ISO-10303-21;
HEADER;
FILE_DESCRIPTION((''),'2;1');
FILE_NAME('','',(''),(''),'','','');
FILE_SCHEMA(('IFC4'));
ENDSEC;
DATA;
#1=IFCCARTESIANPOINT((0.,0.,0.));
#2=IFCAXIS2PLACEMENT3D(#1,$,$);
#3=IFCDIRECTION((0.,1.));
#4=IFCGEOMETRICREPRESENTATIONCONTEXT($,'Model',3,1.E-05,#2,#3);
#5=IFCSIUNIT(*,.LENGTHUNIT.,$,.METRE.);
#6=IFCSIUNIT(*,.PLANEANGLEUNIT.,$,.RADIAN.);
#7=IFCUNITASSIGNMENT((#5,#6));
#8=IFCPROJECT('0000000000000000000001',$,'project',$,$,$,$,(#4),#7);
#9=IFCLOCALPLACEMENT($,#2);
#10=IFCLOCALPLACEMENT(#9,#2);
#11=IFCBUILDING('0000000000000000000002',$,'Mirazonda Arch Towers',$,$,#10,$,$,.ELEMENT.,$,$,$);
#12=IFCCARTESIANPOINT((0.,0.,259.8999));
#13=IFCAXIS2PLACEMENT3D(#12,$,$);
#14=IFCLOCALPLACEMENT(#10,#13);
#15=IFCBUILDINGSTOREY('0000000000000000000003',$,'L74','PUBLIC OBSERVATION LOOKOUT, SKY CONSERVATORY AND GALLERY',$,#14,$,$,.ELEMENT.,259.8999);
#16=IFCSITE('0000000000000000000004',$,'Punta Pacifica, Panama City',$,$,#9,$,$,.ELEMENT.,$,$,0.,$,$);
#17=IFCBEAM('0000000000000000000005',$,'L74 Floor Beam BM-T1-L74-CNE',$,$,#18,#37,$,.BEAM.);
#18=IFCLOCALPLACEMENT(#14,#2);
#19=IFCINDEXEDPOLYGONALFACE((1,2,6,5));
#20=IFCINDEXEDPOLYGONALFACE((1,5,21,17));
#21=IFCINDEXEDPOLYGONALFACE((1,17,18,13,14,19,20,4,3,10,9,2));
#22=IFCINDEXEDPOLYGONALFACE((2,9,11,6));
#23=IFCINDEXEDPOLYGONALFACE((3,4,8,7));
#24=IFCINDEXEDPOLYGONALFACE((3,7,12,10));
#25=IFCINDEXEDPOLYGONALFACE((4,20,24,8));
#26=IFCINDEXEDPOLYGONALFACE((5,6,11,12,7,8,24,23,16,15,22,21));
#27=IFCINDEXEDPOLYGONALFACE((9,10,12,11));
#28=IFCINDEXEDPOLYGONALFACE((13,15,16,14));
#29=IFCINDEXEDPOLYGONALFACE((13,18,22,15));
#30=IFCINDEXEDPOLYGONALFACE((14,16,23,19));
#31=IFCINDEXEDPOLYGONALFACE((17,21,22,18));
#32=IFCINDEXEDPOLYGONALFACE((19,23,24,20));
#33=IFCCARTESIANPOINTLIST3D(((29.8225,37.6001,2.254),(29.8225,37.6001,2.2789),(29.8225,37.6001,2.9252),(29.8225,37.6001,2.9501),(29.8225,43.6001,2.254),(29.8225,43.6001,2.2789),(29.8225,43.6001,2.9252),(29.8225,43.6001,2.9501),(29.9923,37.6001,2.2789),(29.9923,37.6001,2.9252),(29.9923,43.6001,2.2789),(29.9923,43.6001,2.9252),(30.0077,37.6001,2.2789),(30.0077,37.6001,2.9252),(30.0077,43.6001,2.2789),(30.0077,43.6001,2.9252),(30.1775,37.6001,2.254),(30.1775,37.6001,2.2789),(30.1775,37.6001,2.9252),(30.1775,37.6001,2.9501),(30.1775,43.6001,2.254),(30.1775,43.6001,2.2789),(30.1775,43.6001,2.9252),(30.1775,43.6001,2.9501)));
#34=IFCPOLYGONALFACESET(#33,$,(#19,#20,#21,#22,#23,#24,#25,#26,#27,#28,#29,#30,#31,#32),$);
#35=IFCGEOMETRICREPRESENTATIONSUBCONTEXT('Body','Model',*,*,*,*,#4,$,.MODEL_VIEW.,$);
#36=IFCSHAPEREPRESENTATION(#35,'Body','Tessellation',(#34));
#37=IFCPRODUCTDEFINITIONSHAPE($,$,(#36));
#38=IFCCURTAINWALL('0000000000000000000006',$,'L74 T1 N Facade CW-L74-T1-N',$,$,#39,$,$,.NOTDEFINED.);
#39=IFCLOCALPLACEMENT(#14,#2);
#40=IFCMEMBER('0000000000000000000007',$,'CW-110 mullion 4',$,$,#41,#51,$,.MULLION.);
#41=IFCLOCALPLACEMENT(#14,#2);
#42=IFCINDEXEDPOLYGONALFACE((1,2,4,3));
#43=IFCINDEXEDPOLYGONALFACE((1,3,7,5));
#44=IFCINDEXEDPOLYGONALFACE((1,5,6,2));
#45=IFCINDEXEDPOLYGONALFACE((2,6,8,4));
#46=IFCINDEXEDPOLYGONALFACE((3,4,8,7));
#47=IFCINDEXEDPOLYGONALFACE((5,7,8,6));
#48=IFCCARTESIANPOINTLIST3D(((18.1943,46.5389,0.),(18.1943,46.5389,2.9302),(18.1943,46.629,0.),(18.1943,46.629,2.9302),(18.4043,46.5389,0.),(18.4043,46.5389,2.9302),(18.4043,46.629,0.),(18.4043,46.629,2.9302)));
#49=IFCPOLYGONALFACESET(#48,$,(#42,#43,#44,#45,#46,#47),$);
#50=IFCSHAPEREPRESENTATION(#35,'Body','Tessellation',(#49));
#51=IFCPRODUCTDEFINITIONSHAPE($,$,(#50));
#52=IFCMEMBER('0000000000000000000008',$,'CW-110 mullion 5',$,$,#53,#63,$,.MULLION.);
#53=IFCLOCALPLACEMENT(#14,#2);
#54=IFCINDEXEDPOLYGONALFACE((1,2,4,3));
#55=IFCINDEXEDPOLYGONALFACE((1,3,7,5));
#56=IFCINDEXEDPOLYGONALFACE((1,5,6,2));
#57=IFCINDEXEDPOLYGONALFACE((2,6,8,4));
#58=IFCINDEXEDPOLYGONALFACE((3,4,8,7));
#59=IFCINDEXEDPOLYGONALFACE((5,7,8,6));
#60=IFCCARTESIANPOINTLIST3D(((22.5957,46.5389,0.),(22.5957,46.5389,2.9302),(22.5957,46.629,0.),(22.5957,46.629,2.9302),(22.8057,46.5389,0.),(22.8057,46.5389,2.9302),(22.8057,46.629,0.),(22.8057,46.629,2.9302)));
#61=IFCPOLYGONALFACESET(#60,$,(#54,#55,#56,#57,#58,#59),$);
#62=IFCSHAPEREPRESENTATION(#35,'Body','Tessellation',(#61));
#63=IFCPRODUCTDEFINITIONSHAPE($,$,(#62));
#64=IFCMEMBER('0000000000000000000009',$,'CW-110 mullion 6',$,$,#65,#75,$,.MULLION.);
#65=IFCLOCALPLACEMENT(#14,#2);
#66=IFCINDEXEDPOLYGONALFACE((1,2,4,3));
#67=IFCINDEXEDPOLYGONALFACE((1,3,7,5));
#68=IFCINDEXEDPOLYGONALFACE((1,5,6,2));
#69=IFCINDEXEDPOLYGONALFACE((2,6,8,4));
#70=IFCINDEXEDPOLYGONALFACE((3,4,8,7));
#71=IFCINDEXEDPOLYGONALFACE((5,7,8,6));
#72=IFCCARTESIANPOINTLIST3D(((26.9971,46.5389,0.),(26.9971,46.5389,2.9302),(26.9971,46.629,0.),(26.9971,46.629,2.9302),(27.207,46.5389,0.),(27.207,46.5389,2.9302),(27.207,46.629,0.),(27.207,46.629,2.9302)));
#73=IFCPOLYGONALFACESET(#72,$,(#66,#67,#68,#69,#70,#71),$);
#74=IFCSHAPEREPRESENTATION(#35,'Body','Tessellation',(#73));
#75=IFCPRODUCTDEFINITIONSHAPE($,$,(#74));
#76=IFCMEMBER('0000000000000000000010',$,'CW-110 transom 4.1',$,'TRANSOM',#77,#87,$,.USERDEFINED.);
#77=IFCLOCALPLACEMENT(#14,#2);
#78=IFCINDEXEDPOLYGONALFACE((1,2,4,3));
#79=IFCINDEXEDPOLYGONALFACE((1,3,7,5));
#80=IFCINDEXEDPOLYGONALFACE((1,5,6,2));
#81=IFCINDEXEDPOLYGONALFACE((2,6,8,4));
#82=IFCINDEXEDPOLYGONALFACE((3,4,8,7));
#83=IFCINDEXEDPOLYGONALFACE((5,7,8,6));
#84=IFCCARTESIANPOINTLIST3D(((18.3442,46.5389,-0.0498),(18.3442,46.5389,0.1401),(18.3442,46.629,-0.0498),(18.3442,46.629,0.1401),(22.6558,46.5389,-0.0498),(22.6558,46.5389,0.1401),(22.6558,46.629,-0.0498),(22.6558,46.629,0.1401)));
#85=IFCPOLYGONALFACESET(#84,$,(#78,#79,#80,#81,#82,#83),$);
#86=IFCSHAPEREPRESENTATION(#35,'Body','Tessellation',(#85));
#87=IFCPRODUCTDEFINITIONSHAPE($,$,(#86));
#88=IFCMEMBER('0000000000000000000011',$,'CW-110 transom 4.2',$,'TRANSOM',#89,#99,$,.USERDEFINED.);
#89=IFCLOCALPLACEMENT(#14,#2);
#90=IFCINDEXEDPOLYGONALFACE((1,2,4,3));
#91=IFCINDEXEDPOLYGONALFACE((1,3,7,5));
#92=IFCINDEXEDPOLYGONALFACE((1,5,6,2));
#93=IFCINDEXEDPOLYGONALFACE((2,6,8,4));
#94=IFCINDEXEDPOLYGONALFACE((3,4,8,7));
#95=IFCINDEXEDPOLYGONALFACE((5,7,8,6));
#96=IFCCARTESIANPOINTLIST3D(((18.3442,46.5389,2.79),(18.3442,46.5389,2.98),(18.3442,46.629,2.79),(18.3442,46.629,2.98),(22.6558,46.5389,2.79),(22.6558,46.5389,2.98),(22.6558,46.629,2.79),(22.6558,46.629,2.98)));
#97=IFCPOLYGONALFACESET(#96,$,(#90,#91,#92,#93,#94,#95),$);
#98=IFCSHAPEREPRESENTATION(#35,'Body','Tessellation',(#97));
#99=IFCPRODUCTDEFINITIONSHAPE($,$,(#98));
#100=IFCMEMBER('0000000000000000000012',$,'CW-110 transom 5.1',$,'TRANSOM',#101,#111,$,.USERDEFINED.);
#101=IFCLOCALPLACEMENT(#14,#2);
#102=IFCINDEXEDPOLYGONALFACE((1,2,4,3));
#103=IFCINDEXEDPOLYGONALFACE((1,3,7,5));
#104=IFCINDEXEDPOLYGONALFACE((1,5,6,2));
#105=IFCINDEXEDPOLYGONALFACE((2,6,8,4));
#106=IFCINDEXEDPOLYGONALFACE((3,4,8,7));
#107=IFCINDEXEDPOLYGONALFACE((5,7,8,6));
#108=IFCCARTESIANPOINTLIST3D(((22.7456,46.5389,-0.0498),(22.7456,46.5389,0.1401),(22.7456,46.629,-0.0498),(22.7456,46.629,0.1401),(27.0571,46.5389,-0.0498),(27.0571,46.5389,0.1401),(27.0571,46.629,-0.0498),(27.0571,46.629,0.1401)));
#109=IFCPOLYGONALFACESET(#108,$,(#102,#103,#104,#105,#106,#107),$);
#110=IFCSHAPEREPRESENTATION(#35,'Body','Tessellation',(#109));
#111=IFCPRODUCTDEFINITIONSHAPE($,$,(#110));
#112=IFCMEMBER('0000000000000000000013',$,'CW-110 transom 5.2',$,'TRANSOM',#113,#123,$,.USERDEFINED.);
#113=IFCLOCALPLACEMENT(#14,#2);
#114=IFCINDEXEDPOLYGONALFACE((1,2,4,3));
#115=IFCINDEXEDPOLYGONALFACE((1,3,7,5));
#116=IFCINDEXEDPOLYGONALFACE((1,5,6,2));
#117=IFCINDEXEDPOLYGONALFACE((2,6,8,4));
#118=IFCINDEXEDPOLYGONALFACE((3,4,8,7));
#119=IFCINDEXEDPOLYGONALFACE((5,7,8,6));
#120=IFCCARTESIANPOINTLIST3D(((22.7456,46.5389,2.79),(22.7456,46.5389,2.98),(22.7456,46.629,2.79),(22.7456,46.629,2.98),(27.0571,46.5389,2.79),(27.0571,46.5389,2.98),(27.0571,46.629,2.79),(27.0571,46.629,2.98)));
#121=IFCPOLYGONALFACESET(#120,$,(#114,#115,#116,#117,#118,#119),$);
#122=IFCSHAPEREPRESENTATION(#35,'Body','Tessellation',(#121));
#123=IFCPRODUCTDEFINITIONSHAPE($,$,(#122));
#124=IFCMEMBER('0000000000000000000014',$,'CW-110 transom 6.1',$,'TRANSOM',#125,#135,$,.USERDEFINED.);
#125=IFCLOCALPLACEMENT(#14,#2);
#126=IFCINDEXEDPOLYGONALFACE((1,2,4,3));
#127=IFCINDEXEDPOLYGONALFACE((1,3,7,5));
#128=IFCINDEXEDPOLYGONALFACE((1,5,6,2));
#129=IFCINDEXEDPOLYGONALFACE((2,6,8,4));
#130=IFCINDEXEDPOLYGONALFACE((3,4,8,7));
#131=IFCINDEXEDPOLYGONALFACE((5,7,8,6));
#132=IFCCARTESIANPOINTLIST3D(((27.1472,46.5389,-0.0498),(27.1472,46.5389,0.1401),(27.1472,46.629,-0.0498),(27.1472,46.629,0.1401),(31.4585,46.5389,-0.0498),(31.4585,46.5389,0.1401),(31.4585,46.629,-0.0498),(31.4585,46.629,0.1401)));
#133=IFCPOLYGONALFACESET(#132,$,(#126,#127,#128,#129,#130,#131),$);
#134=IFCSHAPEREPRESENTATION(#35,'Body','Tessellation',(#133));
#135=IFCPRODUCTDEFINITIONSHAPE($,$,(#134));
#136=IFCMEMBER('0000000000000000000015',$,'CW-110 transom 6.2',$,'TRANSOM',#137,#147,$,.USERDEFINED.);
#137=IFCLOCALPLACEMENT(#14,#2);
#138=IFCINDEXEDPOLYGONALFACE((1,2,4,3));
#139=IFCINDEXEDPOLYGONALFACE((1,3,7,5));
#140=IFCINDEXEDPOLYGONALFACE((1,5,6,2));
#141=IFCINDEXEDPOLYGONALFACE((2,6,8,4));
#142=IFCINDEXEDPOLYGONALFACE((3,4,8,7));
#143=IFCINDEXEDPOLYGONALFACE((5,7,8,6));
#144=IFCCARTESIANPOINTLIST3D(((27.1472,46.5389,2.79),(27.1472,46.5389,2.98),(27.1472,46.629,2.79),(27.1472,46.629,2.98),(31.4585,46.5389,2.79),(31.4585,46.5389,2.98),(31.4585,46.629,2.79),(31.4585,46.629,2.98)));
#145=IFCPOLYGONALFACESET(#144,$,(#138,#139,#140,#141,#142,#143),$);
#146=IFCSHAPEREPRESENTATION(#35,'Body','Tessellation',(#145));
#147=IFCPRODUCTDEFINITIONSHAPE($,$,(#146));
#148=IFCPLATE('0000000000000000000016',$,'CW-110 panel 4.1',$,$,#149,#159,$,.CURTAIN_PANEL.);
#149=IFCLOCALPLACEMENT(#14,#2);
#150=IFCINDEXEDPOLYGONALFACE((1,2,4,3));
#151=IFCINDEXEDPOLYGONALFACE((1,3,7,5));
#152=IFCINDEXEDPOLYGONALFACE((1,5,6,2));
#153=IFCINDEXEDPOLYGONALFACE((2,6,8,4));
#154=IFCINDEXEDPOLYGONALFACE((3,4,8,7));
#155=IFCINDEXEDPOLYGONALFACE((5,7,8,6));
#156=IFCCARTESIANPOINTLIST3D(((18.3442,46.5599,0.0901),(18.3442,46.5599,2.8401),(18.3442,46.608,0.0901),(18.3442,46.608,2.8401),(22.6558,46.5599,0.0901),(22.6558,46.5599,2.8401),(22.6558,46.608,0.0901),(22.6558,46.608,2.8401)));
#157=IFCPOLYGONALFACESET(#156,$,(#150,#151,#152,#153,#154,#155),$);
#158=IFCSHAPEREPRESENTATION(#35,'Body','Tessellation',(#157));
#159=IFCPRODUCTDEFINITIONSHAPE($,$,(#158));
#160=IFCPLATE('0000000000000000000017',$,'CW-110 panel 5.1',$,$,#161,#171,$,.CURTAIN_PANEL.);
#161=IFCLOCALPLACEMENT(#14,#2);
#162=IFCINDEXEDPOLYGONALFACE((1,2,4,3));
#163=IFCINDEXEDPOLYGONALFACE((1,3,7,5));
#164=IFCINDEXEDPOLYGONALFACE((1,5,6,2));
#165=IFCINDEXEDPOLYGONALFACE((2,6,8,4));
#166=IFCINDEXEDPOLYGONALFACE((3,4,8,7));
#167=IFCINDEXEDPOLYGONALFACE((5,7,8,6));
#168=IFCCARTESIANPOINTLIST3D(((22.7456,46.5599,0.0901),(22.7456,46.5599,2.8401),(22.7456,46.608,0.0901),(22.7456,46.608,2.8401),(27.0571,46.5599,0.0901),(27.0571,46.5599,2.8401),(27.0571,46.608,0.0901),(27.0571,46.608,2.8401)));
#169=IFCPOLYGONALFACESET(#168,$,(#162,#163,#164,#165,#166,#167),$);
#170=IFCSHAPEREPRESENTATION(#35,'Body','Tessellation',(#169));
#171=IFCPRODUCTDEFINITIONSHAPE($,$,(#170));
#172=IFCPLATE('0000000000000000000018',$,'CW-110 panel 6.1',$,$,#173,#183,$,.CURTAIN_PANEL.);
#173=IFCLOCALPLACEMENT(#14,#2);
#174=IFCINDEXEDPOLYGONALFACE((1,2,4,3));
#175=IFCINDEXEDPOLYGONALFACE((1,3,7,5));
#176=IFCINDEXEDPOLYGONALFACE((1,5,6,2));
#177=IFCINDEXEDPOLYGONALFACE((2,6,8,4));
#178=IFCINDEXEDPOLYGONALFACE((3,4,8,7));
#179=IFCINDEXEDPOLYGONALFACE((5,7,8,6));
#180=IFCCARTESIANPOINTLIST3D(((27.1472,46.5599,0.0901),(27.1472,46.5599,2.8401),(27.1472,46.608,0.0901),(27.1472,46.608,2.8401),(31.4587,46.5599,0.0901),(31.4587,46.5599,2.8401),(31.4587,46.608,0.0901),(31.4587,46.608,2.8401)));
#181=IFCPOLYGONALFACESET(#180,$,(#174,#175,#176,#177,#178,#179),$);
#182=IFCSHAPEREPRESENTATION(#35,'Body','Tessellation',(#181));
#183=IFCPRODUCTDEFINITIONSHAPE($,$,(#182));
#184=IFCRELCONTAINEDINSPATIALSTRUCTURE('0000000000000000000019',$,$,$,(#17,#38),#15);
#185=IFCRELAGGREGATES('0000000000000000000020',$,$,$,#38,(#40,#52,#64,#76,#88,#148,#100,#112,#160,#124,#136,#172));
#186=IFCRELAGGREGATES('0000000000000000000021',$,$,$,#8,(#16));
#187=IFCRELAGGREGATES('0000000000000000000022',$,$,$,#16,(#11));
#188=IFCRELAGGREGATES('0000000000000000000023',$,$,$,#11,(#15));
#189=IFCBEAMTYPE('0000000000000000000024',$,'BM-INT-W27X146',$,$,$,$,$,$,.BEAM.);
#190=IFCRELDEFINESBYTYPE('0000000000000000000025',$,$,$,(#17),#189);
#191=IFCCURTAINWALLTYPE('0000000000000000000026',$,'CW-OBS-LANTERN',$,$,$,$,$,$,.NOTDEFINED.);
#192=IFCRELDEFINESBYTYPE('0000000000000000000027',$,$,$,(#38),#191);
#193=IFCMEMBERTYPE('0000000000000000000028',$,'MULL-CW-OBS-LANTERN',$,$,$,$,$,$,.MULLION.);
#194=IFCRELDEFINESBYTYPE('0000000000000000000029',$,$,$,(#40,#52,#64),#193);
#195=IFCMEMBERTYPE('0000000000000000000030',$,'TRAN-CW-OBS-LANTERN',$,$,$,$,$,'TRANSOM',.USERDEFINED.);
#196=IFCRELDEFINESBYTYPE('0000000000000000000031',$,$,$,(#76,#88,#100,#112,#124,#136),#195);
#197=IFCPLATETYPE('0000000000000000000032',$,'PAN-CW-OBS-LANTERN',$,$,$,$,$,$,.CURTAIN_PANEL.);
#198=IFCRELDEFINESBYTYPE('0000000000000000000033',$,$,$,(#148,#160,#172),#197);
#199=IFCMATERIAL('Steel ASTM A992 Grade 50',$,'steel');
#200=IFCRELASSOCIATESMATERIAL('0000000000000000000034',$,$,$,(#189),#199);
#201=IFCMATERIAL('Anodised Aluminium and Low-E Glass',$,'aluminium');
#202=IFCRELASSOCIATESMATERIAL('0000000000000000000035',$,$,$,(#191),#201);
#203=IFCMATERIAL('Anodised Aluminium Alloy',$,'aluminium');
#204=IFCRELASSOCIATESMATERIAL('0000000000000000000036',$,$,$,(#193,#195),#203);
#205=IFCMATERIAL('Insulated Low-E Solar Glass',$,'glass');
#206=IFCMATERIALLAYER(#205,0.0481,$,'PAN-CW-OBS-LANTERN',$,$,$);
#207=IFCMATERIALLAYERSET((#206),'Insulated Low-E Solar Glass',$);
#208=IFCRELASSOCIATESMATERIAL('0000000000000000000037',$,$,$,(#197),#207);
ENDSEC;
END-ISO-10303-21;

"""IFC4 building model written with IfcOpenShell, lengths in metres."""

from ifc_helpers import new_model, si_unit, direction, frame, origin, origin_2d, place, context, subcontext, project, spatial, rectangle, i_section, extrude, material, layer, layer_set, material_profile, profile_set, type_object, element, aggregate, save


model = new_model("IFC4")

# Units and contexts
model_context = context("Model", 3, precision=1e-05, world=origin(), true_north=direction((0.0, 1.0)))
body_context = subcontext(model_context, "Body", "Model", "MODEL_VIEW")
ifc_project = project(units=[si_unit("LENGTHUNIT", "METRE"), si_unit("PLANEANGLEUNIT", "RADIAN")], contexts=[model_context])

# Site, building, storey
site_placement = place(None, origin())
site = spatial("IfcSite", under=ifc_project, at=site_placement, Name="Punta Pacifica, Panama City", CompositionType="ELEMENT", RefElevation=0.0)
building_placement = place(site_placement, origin())
building = spatial("IfcBuilding", under=site, at=building_placement, Name="Mirazonda Arch Towers", CompositionType="ELEMENT")
storey_placement = place(building_placement, frame((0.0, 0.0, 259.8999)))
storey = spatial("IfcBuildingStorey", under=building, at=storey_placement, Name="L74", Description="PUBLIC OBSERVATION LOOKOUT, SKY CONSERVATORY AND GALLERY", CompositionType="ELEMENT", Elevation=259.8999)

# Beam
ifc_material_1 = material(Name="Steel ASTM A992 Grade 50", Category="steel")
ifc_material_profile_1 = material_profile(ifc_material_1, i_section(OverallWidth=0.355, OverallDepth=0.696, WebThickness=0.0154, FlangeThickness=0.0249, at=origin_2d()), Name="W27X146")
ifc_profile_set_1 = profile_set([ifc_material_profile_1], Name="Steel ASTM A992 Grade 50")
beam_type_1 = type_object("IfcBeamType", Name="BM-INT-W27X146", PredefinedType="BEAM", material=ifc_profile_set_1)
beam_1_placement = place(storey_placement, frame((30.0, 37.6001, 2.6021), z_axis=(0.0, 1.0, 0.0), x_axis=(-1.0, 0.0, 0.0)))
element("IfcBeam", 1, at=beam_1_placement, inside=storey, type_object=beam_type_1, Name="L74 Floor Beam BM-T1-L74-CNE", PredefinedType="BEAM", context=body_context, shape_type="SweptSolid", body=[
    extrude(i_section(OverallWidth=0.355, OverallDepth=0.696, WebThickness=0.0154, FlangeThickness=0.0249, at=origin_2d()), origin(), (0.0, 0.0, 1.0), 6.0),
])

# Curtain wall, members, plates
ifc_material_2 = material(Name="Anodised Aluminium and Low-E Glass", Category="aluminium")
curtain_wall_type = type_object("IfcCurtainWallType", Name="CW-OBS-LANTERN", PredefinedType="NOTDEFINED", material=ifc_material_2)
curtain_wall_placement = place(storey_placement, origin())
curtain_wall = element("IfcCurtainWall", 2, at=curtain_wall_placement, inside=storey, type_object=curtain_wall_type, Name="L74 T1 N Facade CW-L74-T1-N", PredefinedType="NOTDEFINED")
ifc_material_3 = material(Name="Anodised Aluminium Alloy", Category="aluminium")
ifc_material_profile_2 = material_profile(ifc_material_3, rectangle(XDim=0.0901, YDim=0.21, at=origin_2d()), Name="ALU-MULL-90x210")
ifc_profile_set_2 = profile_set([ifc_material_profile_2], Name="Anodised Aluminium Alloy")
member_type_1 = type_object("IfcMemberType", Name="MULL-CW-OBS-LANTERN", PredefinedType="MULLION", material=ifc_profile_set_2)
member_1_placement = place(storey_placement, frame((18.2993, 46.584, 0.0), z_axis=(0.0, 0.0, 1.0), x_axis=(0.0, 1.0, 0.0)))
member_1 = element("IfcMember", 3, at=member_1_placement, type_object=member_type_1, Name="CW-110 mullion 4", PredefinedType="MULLION", context=body_context, shape_type="SweptSolid", body=[
    extrude(rectangle(XDim=0.0901, YDim=0.21, at=origin_2d()), origin(), (0.0, 0.0, 1.0), 2.9302),
])
member_2_placement = place(storey_placement, frame((22.7007, 46.584, 0.0), z_axis=(0.0, 0.0, 1.0), x_axis=(0.0, 1.0, 0.0)))
member_2 = element("IfcMember", 4, at=member_2_placement, type_object=member_type_1, Name="CW-110 mullion 5", PredefinedType="MULLION", context=body_context, shape_type="SweptSolid", body=[
    extrude(rectangle(XDim=0.0901, YDim=0.21, at=origin_2d()), origin(), (0.0, 0.0, 1.0), 2.9302),
])
member_3_placement = place(storey_placement, frame((27.1021, 46.584, 0.0), z_axis=(0.0, 0.0, 1.0), x_axis=(0.0, 1.0, 0.0)))
member_3 = element("IfcMember", 5, at=member_3_placement, type_object=member_type_1, Name="CW-110 mullion 6", PredefinedType="MULLION", context=body_context, shape_type="SweptSolid", body=[
    extrude(rectangle(XDim=0.0901, YDim=0.21, at=origin_2d()), origin(), (0.0, 0.0, 1.0), 2.9302),
])
ifc_material_profile_3 = material_profile(ifc_material_3, rectangle(XDim=0.0901, YDim=0.1899, at=origin_2d()), Name="ALU-TRAN-90x190")
ifc_profile_set_3 = profile_set([ifc_material_profile_3], Name="Anodised Aluminium Alloy")
member_type_2 = type_object("IfcMemberType", Name="TRAN-CW-OBS-LANTERN", ElementType="TRANSOM", PredefinedType="USERDEFINED", material=ifc_profile_set_3)
member_4_placement = place(storey_placement, frame((18.3442, 46.584, 0.0452), z_axis=(1.0, 0.0, 0.0), x_axis=(0.0, 1.0, 0.0)))
member_4 = element("IfcMember", 6, at=member_4_placement, type_object=member_type_2, Name="CW-110 transom 4.1", ObjectType="TRANSOM", PredefinedType="USERDEFINED", context=body_context, shape_type="SweptSolid", body=[
    extrude(rectangle(XDim=0.0901, YDim=0.1899, at=origin_2d()), origin(), (0.0, 0.0, 1.0), 4.3115),
])
member_5_placement = place(storey_placement, frame((18.3442, 46.584, 2.885), z_axis=(1.0, 0.0, 0.0), x_axis=(0.0, 1.0, 0.0)))
member_5 = element("IfcMember", 7, at=member_5_placement, type_object=member_type_2, Name="CW-110 transom 4.2", ObjectType="TRANSOM", PredefinedType="USERDEFINED", context=body_context, shape_type="SweptSolid", body=[
    extrude(rectangle(XDim=0.0901, YDim=0.1899, at=origin_2d()), origin(), (0.0, 0.0, 1.0), 4.3115),
])
member_6_placement = place(storey_placement, frame((22.7456, 46.584, 0.0452), z_axis=(1.0, 0.0, 0.0), x_axis=(0.0, 1.0, 0.0)))
member_6 = element("IfcMember", 8, at=member_6_placement, type_object=member_type_2, Name="CW-110 transom 5.1", ObjectType="TRANSOM", PredefinedType="USERDEFINED", context=body_context, shape_type="SweptSolid", body=[
    extrude(rectangle(XDim=0.0901, YDim=0.1899, at=origin_2d()), origin(), (0.0, 0.0, 1.0), 4.3115),
])
member_7_placement = place(storey_placement, frame((22.7456, 46.584, 2.885), z_axis=(1.0, 0.0, 0.0), x_axis=(0.0, 1.0, 0.0)))
member_7 = element("IfcMember", 9, at=member_7_placement, type_object=member_type_2, Name="CW-110 transom 5.2", ObjectType="TRANSOM", PredefinedType="USERDEFINED", context=body_context, shape_type="SweptSolid", body=[
    extrude(rectangle(XDim=0.0901, YDim=0.1899, at=origin_2d()), origin(), (0.0, 0.0, 1.0), 4.3115),
])
member_8_placement = place(storey_placement, frame((27.1472, 46.584, 0.0452), z_axis=(1.0, 0.0, 0.0), x_axis=(0.0, 1.0, 0.0)))
member_8 = element("IfcMember", 10, at=member_8_placement, type_object=member_type_2, Name="CW-110 transom 6.1", ObjectType="TRANSOM", PredefinedType="USERDEFINED", context=body_context, shape_type="SweptSolid", body=[
    extrude(rectangle(XDim=0.0901, YDim=0.1899, at=origin_2d()), origin(), (0.0, 0.0, 1.0), 4.3113),
])
member_9_placement = place(storey_placement, frame((27.1472, 46.584, 2.885), z_axis=(1.0, 0.0, 0.0), x_axis=(0.0, 1.0, 0.0)))
member_9 = element("IfcMember", 11, at=member_9_placement, type_object=member_type_2, Name="CW-110 transom 6.2", ObjectType="TRANSOM", PredefinedType="USERDEFINED", context=body_context, shape_type="SweptSolid", body=[
    extrude(rectangle(XDim=0.0901, YDim=0.1899, at=origin_2d()), origin(), (0.0, 0.0, 1.0), 4.3113),
])
ifc_material_4 = material(Name="Insulated Low-E Solar Glass", Category="glass")
ifc_layer_1 = layer(ifc_material_4, 0.0481, Name="PAN-CW-OBS-LANTERN")
ifc_layer_set_1 = layer_set([ifc_layer_1], Name="Insulated Low-E Solar Glass")
plate_type = type_object("IfcPlateType", Name="PAN-CW-OBS-LANTERN", PredefinedType="CURTAIN_PANEL", material=ifc_layer_set_1)
plate_1_placement = place(storey_placement, frame((20.5, 46.584, 0.0901), z_axis=(0.0, 0.0, 1.0), x_axis=(1.0, 0.0, 0.0)))
plate_1 = element("IfcPlate", 12, at=plate_1_placement, type_object=plate_type, Name="CW-110 panel 4.1", PredefinedType="CURTAIN_PANEL", context=body_context, shape_type="SweptSolid", body=[
    extrude(rectangle(XDim=4.3115, YDim=0.0481, at=origin_2d()), origin(), (0.0, 0.0, 1.0), 2.75),
])
plate_2_placement = place(storey_placement, frame((24.9014, 46.584, 0.0901), z_axis=(0.0, 0.0, 1.0), x_axis=(1.0, 0.0, 0.0)))
plate_2 = element("IfcPlate", 13, at=plate_2_placement, type_object=plate_type, Name="CW-110 panel 5.1", PredefinedType="CURTAIN_PANEL", context=body_context, shape_type="SweptSolid", body=[
    extrude(rectangle(XDim=4.3115, YDim=0.0481, at=origin_2d()), origin(), (0.0, 0.0, 1.0), 2.75),
])
plate_3_placement = place(storey_placement, frame((29.303, 46.584, 0.0901), z_axis=(0.0, 0.0, 1.0), x_axis=(1.0, 0.0, 0.0)))
plate_3 = element("IfcPlate", 14, at=plate_3_placement, type_object=plate_type, Name="CW-110 panel 6.1", PredefinedType="CURTAIN_PANEL", context=body_context, shape_type="SweptSolid", body=[
    extrude(rectangle(XDim=4.3115, YDim=0.0481, at=origin_2d()), origin(), (0.0, 0.0, 1.0), 2.75),
])
aggregate(curtain_wall, [member_1, member_2, member_3, member_4, member_5, plate_1, member_6, member_7, plate_2, member_8, member_9, plate_3])

save(model, "model.ifc")
